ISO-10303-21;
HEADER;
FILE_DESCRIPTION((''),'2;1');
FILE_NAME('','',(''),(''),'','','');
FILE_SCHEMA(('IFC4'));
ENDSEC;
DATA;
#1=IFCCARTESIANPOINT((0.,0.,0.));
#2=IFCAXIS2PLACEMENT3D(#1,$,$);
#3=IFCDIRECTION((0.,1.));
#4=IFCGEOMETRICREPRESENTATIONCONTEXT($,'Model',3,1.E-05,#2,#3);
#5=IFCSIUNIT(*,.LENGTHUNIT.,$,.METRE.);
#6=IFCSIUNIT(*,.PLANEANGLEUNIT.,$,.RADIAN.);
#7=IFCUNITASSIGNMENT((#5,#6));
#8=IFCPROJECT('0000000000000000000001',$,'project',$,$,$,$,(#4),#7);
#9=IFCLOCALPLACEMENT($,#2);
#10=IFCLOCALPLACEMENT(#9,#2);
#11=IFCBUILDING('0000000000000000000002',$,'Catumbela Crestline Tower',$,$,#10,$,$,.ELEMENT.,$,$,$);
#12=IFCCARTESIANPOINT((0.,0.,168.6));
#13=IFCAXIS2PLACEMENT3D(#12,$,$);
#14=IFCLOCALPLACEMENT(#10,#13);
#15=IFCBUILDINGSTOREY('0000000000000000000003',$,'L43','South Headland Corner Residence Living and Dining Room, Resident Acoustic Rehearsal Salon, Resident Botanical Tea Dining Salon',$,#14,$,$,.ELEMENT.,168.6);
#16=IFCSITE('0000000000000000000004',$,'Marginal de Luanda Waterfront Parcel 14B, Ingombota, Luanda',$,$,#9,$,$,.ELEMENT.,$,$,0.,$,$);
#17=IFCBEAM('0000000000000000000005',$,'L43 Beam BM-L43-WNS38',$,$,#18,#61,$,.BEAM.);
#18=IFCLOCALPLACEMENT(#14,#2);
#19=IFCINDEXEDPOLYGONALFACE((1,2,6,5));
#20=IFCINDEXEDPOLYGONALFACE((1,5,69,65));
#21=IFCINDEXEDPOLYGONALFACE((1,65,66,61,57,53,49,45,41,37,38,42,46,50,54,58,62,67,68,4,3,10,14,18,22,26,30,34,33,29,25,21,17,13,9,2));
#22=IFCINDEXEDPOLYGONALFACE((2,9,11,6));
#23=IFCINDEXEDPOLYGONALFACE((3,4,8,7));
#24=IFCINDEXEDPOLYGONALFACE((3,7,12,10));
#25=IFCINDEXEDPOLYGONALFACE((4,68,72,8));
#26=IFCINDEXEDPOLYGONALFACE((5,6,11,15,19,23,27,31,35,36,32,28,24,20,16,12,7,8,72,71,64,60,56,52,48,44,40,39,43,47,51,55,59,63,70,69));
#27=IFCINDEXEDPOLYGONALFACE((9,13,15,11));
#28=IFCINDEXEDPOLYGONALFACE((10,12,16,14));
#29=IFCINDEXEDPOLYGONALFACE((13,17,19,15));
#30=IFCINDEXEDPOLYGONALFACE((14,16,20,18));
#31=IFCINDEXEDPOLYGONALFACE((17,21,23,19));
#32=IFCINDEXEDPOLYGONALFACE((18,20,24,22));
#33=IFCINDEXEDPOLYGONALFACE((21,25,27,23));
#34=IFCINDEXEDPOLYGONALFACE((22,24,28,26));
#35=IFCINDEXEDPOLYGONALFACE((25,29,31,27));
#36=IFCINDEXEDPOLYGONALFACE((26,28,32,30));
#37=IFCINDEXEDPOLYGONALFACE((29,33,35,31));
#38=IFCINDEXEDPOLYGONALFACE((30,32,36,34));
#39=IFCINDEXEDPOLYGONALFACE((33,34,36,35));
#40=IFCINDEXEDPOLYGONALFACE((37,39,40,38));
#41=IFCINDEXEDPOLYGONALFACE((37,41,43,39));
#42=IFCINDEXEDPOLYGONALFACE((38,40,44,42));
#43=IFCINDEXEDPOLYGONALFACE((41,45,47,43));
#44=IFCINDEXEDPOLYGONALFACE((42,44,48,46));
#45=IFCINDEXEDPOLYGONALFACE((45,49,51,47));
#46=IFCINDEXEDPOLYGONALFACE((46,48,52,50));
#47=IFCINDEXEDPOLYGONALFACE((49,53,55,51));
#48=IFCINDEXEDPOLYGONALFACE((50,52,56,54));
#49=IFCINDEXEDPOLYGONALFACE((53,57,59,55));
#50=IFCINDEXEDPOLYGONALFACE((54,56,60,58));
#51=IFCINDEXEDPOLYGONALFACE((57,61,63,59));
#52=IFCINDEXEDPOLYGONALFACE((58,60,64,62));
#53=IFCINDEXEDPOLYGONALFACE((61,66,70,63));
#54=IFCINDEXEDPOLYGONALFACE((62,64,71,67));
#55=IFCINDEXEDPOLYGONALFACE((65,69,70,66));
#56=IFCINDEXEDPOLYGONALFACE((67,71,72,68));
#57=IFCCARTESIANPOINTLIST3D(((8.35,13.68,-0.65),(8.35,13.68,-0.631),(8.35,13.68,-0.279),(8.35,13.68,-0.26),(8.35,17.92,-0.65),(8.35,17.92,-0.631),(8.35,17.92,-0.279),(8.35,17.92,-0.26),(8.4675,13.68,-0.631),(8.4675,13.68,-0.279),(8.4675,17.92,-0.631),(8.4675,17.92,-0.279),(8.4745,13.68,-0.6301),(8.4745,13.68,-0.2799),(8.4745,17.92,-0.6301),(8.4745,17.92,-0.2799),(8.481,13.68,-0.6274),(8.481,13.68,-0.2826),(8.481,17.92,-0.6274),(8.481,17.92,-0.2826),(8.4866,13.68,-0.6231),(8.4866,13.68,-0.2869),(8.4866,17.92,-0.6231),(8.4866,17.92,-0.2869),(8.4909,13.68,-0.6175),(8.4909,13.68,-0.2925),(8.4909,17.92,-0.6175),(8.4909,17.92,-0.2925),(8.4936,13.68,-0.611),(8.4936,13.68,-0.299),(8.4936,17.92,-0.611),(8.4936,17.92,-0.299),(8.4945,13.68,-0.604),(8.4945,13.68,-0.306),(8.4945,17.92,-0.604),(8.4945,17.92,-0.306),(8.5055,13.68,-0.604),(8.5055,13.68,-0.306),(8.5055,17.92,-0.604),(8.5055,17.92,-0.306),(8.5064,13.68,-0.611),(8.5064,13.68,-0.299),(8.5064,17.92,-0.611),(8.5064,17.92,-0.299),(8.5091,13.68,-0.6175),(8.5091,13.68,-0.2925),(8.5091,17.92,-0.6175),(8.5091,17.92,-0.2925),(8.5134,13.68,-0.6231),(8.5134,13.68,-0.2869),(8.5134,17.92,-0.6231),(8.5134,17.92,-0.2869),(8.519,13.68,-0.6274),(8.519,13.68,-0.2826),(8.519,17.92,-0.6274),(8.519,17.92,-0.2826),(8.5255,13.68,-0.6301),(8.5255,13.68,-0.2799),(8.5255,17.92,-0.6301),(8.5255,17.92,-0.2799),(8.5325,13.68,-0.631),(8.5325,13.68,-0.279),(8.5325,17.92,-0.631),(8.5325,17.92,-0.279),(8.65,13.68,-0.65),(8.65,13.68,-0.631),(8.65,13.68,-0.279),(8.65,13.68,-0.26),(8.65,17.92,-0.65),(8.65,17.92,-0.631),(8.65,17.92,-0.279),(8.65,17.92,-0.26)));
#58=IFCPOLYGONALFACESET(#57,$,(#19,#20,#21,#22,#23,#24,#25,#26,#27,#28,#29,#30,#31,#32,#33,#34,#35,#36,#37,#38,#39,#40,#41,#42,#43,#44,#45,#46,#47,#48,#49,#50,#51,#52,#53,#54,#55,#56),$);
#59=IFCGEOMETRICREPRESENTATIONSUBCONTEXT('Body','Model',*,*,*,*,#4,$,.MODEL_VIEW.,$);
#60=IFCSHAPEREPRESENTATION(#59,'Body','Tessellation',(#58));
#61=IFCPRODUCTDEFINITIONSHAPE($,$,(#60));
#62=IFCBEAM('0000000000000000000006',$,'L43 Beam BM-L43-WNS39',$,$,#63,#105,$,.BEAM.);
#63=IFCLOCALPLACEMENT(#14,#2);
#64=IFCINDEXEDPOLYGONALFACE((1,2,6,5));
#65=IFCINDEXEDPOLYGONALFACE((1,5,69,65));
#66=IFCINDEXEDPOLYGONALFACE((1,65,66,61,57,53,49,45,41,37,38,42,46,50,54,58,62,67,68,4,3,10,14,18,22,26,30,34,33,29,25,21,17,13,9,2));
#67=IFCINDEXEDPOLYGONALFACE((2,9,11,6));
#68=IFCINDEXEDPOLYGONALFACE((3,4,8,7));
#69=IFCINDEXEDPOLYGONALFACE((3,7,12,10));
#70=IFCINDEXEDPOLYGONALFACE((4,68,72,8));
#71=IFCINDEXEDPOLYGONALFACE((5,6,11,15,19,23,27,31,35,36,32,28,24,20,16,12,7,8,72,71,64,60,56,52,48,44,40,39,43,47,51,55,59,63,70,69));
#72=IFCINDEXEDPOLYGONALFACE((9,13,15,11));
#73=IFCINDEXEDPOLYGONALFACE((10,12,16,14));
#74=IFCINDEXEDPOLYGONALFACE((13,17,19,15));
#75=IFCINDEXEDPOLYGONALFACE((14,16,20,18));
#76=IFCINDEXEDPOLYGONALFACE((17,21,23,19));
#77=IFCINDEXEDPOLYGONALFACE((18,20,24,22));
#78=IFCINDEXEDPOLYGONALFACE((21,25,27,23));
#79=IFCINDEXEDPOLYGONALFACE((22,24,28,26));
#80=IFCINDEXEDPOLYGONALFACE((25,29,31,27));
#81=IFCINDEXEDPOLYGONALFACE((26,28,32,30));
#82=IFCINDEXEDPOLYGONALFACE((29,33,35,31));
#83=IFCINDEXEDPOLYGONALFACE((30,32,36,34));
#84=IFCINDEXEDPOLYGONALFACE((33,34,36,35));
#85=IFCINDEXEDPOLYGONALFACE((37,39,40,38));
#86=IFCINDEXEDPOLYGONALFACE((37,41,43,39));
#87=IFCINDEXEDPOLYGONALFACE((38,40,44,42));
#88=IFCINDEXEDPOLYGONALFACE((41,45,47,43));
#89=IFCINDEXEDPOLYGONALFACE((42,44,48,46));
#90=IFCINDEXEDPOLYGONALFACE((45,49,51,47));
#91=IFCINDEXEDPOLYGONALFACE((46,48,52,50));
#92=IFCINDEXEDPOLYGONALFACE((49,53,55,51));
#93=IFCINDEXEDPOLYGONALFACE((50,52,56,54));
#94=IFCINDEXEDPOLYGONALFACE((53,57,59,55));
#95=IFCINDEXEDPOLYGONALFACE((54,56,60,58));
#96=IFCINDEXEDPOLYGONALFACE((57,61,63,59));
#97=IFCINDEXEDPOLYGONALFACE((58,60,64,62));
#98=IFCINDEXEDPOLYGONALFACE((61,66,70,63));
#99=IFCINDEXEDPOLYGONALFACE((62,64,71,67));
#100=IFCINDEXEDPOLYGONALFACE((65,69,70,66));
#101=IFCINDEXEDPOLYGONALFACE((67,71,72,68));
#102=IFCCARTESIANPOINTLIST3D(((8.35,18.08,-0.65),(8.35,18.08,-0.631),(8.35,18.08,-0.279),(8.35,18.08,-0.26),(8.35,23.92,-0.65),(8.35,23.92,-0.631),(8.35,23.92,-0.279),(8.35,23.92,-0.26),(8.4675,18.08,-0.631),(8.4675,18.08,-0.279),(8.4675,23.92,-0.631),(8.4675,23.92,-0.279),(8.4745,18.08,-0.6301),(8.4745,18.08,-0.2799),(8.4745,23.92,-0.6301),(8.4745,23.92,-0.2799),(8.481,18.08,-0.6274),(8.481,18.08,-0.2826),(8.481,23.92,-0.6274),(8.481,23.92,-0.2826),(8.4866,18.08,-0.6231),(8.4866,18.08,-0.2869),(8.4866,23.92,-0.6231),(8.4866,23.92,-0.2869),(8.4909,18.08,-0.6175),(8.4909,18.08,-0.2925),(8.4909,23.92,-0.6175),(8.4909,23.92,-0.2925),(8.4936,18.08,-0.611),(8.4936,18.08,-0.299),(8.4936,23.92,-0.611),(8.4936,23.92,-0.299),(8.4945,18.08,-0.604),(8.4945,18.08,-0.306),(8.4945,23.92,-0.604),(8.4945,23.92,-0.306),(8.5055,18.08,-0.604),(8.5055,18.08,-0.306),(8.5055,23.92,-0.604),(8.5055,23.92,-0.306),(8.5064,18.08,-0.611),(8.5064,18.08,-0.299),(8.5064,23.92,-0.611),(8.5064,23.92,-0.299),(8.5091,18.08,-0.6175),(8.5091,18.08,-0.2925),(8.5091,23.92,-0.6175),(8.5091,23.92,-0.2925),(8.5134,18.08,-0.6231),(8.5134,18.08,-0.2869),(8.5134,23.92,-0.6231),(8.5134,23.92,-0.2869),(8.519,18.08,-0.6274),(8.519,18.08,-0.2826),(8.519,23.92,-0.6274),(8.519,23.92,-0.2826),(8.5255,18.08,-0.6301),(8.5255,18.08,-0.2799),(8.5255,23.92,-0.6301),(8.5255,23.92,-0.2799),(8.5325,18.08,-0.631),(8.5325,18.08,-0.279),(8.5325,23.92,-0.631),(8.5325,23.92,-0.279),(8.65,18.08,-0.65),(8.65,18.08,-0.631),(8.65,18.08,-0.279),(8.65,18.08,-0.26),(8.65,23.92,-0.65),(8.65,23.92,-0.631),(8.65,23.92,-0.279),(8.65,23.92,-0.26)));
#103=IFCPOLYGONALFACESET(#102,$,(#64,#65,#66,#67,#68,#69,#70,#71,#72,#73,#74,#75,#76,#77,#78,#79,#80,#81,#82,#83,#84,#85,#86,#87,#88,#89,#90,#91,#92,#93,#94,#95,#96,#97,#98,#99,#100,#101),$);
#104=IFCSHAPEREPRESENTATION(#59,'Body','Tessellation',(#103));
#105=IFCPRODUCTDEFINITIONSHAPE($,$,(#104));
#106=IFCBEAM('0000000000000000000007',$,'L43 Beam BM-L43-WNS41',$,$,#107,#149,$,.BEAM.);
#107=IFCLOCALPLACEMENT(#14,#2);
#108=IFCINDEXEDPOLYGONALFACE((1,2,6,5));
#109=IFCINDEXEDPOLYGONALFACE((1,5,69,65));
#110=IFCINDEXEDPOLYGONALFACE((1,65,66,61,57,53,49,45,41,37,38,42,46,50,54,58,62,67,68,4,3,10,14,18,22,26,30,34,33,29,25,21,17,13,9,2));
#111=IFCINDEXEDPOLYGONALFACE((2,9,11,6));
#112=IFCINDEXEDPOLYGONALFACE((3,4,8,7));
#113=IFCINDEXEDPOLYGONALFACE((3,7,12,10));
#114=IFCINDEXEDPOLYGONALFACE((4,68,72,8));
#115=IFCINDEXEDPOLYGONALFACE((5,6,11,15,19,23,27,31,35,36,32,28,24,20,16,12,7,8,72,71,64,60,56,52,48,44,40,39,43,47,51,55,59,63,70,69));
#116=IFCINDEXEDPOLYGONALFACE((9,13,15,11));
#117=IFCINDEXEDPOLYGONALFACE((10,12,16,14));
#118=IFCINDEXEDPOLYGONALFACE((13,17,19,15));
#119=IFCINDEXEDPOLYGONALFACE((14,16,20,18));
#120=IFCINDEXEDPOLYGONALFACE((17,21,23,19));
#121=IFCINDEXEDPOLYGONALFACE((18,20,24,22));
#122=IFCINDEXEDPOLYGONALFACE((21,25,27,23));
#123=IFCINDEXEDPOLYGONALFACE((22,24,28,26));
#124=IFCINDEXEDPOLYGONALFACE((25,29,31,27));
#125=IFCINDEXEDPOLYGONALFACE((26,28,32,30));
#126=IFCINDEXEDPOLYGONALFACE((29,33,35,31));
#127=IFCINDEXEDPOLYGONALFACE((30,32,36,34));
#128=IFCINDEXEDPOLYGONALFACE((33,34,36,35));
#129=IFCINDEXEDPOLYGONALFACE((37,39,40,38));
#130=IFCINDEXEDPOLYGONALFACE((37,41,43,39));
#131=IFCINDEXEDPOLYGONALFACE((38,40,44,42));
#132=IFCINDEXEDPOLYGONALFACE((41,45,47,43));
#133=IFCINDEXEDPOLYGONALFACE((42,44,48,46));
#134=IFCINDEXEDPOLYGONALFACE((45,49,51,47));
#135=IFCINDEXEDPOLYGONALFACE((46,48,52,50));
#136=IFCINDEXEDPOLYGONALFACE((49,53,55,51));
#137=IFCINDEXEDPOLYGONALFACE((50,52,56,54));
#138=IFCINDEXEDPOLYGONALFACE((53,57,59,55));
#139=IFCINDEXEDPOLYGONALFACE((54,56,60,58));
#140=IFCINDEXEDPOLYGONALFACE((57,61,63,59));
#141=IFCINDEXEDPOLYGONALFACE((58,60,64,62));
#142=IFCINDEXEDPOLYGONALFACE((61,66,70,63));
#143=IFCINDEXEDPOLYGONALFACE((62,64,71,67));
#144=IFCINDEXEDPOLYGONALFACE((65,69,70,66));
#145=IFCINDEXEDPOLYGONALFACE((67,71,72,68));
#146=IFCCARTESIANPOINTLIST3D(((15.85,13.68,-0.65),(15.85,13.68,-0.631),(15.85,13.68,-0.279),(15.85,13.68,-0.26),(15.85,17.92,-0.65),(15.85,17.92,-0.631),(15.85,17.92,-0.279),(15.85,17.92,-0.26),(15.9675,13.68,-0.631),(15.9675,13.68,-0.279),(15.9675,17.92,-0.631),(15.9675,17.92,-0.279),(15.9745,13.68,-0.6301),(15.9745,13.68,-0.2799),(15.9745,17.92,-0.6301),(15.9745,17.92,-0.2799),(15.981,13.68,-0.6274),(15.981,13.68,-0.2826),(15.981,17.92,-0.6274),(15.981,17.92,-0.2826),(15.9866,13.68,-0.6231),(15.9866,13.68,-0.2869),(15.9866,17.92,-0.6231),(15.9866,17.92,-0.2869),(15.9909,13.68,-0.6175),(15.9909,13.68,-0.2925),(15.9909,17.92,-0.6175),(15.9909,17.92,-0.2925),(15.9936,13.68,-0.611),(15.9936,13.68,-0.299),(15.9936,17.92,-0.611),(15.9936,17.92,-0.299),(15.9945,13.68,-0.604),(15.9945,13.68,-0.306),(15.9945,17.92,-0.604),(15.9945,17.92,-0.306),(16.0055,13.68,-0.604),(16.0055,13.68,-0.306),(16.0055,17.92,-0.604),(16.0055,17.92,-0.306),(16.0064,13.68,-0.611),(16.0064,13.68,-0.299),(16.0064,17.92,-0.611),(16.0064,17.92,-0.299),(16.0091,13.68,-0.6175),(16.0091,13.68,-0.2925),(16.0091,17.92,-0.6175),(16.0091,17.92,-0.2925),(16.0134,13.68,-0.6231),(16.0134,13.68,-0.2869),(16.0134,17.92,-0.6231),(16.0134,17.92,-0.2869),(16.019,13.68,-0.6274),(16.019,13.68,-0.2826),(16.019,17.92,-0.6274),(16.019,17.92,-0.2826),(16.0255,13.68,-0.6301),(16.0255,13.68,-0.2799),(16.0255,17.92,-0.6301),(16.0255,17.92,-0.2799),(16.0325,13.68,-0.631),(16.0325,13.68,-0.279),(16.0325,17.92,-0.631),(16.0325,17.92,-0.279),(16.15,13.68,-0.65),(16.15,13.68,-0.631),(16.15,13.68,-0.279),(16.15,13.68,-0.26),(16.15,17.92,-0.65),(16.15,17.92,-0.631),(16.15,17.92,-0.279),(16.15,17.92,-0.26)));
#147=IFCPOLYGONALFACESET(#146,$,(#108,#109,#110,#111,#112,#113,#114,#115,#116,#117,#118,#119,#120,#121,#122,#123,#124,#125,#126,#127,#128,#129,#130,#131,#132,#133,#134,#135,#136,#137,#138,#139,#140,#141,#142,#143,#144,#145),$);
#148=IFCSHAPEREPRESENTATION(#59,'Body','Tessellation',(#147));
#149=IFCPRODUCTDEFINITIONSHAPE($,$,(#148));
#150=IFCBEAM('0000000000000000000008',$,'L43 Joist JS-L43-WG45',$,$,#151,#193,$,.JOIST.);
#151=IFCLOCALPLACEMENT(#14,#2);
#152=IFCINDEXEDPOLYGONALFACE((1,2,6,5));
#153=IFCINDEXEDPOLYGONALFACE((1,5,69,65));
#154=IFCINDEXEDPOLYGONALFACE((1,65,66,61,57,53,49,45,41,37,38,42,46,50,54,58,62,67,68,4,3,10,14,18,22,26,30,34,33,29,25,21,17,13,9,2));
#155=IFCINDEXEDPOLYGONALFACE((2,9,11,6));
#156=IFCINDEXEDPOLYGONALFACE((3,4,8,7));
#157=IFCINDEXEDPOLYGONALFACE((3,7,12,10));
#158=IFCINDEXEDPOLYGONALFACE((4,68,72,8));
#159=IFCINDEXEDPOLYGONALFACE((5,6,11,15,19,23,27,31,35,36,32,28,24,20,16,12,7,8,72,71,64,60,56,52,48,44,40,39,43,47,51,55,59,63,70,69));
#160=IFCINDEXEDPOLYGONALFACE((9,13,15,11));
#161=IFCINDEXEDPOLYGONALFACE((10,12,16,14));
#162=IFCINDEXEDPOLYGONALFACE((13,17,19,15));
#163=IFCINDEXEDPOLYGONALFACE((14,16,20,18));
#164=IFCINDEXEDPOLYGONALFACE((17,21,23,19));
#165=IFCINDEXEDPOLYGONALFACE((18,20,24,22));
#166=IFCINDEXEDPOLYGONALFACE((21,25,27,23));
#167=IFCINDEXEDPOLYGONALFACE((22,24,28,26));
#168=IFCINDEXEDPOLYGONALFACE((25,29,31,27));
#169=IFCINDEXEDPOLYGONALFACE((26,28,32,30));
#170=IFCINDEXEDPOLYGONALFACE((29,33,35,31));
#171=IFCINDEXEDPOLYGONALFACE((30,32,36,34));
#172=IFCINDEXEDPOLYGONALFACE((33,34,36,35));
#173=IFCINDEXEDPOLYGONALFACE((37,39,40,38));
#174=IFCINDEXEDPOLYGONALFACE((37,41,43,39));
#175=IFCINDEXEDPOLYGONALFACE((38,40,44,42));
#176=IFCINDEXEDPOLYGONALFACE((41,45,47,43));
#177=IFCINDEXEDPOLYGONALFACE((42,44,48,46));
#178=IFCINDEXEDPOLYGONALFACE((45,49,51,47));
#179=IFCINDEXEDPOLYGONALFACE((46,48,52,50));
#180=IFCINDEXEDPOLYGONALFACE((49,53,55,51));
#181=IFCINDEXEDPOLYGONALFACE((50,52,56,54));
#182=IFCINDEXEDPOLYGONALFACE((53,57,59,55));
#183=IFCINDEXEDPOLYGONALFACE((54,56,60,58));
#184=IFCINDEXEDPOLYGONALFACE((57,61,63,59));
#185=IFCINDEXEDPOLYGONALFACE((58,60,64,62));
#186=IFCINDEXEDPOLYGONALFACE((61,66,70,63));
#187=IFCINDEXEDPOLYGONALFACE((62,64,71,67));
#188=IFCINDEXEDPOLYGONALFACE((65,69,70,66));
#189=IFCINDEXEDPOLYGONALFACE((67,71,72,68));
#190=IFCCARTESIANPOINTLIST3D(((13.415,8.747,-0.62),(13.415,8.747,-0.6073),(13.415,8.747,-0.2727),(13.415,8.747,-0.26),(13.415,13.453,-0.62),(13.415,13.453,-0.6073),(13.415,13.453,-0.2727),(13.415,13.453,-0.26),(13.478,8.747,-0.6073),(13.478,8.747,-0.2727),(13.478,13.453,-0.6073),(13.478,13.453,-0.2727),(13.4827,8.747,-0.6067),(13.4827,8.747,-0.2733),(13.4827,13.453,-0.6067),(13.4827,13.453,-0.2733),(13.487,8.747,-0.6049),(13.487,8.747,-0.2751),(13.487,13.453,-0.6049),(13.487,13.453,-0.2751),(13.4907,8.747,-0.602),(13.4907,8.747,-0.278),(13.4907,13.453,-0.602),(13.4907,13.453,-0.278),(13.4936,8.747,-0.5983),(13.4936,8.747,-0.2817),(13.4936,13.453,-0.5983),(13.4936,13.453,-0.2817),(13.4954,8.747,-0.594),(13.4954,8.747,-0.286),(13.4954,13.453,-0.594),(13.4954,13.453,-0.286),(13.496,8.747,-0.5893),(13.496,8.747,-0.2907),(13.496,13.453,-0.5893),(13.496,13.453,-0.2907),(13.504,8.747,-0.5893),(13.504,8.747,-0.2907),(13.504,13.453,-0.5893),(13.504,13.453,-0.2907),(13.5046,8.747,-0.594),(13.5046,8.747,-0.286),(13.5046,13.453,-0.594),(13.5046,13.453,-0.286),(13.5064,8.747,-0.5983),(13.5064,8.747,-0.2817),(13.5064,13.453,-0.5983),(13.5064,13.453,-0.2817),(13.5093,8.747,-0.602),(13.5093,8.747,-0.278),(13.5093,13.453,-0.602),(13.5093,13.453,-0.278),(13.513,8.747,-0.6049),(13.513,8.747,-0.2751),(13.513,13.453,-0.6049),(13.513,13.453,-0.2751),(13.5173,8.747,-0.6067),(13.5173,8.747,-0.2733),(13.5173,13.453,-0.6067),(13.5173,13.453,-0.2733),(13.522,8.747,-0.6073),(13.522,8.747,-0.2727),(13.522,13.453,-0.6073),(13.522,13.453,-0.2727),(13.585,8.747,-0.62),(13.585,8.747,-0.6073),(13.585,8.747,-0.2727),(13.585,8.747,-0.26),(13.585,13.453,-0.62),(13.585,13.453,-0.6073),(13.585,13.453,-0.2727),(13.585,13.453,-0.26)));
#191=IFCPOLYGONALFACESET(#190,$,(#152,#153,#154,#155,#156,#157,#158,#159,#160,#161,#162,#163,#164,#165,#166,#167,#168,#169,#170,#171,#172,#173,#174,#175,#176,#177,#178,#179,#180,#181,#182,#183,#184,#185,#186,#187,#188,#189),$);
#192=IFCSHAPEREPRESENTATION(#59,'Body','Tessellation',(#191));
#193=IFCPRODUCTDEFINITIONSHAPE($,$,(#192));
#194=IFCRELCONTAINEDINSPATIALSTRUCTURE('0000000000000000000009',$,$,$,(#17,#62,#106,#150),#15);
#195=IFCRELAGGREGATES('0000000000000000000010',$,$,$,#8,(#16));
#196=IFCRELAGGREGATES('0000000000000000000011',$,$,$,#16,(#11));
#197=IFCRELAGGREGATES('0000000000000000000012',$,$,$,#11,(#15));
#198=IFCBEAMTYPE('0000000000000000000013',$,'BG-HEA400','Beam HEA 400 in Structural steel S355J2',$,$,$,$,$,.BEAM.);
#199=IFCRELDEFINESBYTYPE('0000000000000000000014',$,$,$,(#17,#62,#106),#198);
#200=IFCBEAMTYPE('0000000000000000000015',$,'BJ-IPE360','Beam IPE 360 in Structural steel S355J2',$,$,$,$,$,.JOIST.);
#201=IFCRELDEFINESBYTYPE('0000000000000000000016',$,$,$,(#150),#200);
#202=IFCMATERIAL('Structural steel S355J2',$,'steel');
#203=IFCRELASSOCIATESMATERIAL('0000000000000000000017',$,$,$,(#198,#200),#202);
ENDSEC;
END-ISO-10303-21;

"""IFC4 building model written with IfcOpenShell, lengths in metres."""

from ifc_helpers import new_model, si_unit, direction, frame, origin, origin_2d, place, context, subcontext, project, spatial, i_section, extrude, material, material_profile, profile_set, type_object, element, save


model = new_model("IFC4")

# Units and contexts
model_context = context("Model", 3, precision=1e-05, world=origin(), true_north=direction((0.0, 1.0)))
body_context = subcontext(model_context, "Body", "Model", "MODEL_VIEW")
ifc_project = project(units=[si_unit("LENGTHUNIT", "METRE"), si_unit("PLANEANGLEUNIT", "RADIAN")], contexts=[model_context])

# Site, building, storey
site_placement = place(None, origin())
site = spatial("IfcSite", under=ifc_project, at=site_placement, Name="Marginal de Luanda Waterfront Parcel 14B, Ingombota, Luanda", CompositionType="ELEMENT", RefElevation=0.0)
building_placement = place(site_placement, origin())
building = spatial("IfcBuilding", under=site, at=building_placement, Name="Catumbela Crestline Tower", CompositionType="ELEMENT")
storey_placement = place(building_placement, frame((0.0, 0.0, 168.6)))
storey = spatial("IfcBuildingStorey", under=building, at=storey_placement, Name="L43", Description="South Headland Corner Residence Living and Dining Room, Resident Acoustic Rehearsal Salon, Resident Botanical Tea Dining Salon", CompositionType="ELEMENT", Elevation=168.6)

# Shared definitions
ifc_material_1 = material(Name="Structural steel S355J2", Category="steel")

# Beams
ifc_material_profile_1 = material_profile(ifc_material_1, i_section(OverallWidth=0.3, OverallDepth=0.39, WebThickness=0.011, FlangeThickness=0.019, FilletRadius=0.027, at=origin_2d()), Name="HEA 400")
ifc_profile_set_1 = profile_set([ifc_material_profile_1], Name="Structural steel S355J2")
beam_type_1 = type_object("IfcBeamType", Name="BG-HEA400", Description="Beam HEA 400 in Structural steel S355J2", PredefinedType="BEAM", material=ifc_profile_set_1)
beam_1_placement = place(storey_placement, frame((8.5, 13.68, -0.455), z_axis=(0.0, 1.0, 0.0), x_axis=(-1.0, 0.0, 0.0)))
element("IfcBeam", 1, at=beam_1_placement, inside=storey, type_object=beam_type_1, Name="L43 Beam BM-L43-WNS38", PredefinedType="BEAM", context=body_context, shape_type="SweptSolid", body=[
    extrude(i_section(OverallWidth=0.3, OverallDepth=0.39, WebThickness=0.011, FlangeThickness=0.019, FilletRadius=0.027, at=origin_2d()), origin(), (0.0, 0.0, 1.0), 4.24),
])
beam_2_placement = place(storey_placement, frame((8.5, 18.08, -0.455), z_axis=(0.0, 1.0, 0.0), x_axis=(-1.0, 0.0, 0.0)))
element("IfcBeam", 2, at=beam_2_placement, inside=storey, type_object=beam_type_1, Name="L43 Beam BM-L43-WNS39", PredefinedType="BEAM", context=body_context, shape_type="SweptSolid", body=[
    extrude(i_section(OverallWidth=0.3, OverallDepth=0.39, WebThickness=0.011, FlangeThickness=0.019, FilletRadius=0.027, at=origin_2d()), origin(), (0.0, 0.0, 1.0), 5.84),
])
beam_3_placement = place(storey_placement, frame((16.0, 13.68, -0.455), z_axis=(0.0, 1.0, 0.0), x_axis=(-1.0, 0.0, 0.0)))
element("IfcBeam", 3, at=beam_3_placement, inside=storey, type_object=beam_type_1, Name="L43 Beam BM-L43-WNS41", PredefinedType="BEAM", context=body_context, shape_type="SweptSolid", body=[
    extrude(i_section(OverallWidth=0.3, OverallDepth=0.39, WebThickness=0.011, FlangeThickness=0.019, FilletRadius=0.027, at=origin_2d()), origin(), (0.0, 0.0, 1.0), 4.24),
])
ifc_material_profile_2 = material_profile(ifc_material_1, i_section(OverallWidth=0.17, OverallDepth=0.36, WebThickness=0.008, FlangeThickness=0.0127, FilletRadius=0.018, at=origin_2d()), Name="IPE 360")
ifc_profile_set_2 = profile_set([ifc_material_profile_2], Name="Structural steel S355J2")
beam_type_2 = type_object("IfcBeamType", Name="BJ-IPE360", Description="Beam IPE 360 in Structural steel S355J2", PredefinedType="JOIST", material=ifc_profile_set_2)
beam_4_placement = place(storey_placement, frame((13.5, 8.747, -0.44), z_axis=(0.0, 1.0, 0.0), x_axis=(-1.0, 0.0, 0.0)))
element("IfcBeam", 4, at=beam_4_placement, inside=storey, type_object=beam_type_2, Name="L43 Joist JS-L43-WG45", PredefinedType="JOIST", context=body_context, shape_type="SweptSolid", body=[
    extrude(i_section(OverallWidth=0.17, OverallDepth=0.36, WebThickness=0.008, FlangeThickness=0.0127, FilletRadius=0.018, at=origin_2d()), origin(), (0.0, 0.0, 1.0), 4.706),
])

save(model, "model.ifc")
